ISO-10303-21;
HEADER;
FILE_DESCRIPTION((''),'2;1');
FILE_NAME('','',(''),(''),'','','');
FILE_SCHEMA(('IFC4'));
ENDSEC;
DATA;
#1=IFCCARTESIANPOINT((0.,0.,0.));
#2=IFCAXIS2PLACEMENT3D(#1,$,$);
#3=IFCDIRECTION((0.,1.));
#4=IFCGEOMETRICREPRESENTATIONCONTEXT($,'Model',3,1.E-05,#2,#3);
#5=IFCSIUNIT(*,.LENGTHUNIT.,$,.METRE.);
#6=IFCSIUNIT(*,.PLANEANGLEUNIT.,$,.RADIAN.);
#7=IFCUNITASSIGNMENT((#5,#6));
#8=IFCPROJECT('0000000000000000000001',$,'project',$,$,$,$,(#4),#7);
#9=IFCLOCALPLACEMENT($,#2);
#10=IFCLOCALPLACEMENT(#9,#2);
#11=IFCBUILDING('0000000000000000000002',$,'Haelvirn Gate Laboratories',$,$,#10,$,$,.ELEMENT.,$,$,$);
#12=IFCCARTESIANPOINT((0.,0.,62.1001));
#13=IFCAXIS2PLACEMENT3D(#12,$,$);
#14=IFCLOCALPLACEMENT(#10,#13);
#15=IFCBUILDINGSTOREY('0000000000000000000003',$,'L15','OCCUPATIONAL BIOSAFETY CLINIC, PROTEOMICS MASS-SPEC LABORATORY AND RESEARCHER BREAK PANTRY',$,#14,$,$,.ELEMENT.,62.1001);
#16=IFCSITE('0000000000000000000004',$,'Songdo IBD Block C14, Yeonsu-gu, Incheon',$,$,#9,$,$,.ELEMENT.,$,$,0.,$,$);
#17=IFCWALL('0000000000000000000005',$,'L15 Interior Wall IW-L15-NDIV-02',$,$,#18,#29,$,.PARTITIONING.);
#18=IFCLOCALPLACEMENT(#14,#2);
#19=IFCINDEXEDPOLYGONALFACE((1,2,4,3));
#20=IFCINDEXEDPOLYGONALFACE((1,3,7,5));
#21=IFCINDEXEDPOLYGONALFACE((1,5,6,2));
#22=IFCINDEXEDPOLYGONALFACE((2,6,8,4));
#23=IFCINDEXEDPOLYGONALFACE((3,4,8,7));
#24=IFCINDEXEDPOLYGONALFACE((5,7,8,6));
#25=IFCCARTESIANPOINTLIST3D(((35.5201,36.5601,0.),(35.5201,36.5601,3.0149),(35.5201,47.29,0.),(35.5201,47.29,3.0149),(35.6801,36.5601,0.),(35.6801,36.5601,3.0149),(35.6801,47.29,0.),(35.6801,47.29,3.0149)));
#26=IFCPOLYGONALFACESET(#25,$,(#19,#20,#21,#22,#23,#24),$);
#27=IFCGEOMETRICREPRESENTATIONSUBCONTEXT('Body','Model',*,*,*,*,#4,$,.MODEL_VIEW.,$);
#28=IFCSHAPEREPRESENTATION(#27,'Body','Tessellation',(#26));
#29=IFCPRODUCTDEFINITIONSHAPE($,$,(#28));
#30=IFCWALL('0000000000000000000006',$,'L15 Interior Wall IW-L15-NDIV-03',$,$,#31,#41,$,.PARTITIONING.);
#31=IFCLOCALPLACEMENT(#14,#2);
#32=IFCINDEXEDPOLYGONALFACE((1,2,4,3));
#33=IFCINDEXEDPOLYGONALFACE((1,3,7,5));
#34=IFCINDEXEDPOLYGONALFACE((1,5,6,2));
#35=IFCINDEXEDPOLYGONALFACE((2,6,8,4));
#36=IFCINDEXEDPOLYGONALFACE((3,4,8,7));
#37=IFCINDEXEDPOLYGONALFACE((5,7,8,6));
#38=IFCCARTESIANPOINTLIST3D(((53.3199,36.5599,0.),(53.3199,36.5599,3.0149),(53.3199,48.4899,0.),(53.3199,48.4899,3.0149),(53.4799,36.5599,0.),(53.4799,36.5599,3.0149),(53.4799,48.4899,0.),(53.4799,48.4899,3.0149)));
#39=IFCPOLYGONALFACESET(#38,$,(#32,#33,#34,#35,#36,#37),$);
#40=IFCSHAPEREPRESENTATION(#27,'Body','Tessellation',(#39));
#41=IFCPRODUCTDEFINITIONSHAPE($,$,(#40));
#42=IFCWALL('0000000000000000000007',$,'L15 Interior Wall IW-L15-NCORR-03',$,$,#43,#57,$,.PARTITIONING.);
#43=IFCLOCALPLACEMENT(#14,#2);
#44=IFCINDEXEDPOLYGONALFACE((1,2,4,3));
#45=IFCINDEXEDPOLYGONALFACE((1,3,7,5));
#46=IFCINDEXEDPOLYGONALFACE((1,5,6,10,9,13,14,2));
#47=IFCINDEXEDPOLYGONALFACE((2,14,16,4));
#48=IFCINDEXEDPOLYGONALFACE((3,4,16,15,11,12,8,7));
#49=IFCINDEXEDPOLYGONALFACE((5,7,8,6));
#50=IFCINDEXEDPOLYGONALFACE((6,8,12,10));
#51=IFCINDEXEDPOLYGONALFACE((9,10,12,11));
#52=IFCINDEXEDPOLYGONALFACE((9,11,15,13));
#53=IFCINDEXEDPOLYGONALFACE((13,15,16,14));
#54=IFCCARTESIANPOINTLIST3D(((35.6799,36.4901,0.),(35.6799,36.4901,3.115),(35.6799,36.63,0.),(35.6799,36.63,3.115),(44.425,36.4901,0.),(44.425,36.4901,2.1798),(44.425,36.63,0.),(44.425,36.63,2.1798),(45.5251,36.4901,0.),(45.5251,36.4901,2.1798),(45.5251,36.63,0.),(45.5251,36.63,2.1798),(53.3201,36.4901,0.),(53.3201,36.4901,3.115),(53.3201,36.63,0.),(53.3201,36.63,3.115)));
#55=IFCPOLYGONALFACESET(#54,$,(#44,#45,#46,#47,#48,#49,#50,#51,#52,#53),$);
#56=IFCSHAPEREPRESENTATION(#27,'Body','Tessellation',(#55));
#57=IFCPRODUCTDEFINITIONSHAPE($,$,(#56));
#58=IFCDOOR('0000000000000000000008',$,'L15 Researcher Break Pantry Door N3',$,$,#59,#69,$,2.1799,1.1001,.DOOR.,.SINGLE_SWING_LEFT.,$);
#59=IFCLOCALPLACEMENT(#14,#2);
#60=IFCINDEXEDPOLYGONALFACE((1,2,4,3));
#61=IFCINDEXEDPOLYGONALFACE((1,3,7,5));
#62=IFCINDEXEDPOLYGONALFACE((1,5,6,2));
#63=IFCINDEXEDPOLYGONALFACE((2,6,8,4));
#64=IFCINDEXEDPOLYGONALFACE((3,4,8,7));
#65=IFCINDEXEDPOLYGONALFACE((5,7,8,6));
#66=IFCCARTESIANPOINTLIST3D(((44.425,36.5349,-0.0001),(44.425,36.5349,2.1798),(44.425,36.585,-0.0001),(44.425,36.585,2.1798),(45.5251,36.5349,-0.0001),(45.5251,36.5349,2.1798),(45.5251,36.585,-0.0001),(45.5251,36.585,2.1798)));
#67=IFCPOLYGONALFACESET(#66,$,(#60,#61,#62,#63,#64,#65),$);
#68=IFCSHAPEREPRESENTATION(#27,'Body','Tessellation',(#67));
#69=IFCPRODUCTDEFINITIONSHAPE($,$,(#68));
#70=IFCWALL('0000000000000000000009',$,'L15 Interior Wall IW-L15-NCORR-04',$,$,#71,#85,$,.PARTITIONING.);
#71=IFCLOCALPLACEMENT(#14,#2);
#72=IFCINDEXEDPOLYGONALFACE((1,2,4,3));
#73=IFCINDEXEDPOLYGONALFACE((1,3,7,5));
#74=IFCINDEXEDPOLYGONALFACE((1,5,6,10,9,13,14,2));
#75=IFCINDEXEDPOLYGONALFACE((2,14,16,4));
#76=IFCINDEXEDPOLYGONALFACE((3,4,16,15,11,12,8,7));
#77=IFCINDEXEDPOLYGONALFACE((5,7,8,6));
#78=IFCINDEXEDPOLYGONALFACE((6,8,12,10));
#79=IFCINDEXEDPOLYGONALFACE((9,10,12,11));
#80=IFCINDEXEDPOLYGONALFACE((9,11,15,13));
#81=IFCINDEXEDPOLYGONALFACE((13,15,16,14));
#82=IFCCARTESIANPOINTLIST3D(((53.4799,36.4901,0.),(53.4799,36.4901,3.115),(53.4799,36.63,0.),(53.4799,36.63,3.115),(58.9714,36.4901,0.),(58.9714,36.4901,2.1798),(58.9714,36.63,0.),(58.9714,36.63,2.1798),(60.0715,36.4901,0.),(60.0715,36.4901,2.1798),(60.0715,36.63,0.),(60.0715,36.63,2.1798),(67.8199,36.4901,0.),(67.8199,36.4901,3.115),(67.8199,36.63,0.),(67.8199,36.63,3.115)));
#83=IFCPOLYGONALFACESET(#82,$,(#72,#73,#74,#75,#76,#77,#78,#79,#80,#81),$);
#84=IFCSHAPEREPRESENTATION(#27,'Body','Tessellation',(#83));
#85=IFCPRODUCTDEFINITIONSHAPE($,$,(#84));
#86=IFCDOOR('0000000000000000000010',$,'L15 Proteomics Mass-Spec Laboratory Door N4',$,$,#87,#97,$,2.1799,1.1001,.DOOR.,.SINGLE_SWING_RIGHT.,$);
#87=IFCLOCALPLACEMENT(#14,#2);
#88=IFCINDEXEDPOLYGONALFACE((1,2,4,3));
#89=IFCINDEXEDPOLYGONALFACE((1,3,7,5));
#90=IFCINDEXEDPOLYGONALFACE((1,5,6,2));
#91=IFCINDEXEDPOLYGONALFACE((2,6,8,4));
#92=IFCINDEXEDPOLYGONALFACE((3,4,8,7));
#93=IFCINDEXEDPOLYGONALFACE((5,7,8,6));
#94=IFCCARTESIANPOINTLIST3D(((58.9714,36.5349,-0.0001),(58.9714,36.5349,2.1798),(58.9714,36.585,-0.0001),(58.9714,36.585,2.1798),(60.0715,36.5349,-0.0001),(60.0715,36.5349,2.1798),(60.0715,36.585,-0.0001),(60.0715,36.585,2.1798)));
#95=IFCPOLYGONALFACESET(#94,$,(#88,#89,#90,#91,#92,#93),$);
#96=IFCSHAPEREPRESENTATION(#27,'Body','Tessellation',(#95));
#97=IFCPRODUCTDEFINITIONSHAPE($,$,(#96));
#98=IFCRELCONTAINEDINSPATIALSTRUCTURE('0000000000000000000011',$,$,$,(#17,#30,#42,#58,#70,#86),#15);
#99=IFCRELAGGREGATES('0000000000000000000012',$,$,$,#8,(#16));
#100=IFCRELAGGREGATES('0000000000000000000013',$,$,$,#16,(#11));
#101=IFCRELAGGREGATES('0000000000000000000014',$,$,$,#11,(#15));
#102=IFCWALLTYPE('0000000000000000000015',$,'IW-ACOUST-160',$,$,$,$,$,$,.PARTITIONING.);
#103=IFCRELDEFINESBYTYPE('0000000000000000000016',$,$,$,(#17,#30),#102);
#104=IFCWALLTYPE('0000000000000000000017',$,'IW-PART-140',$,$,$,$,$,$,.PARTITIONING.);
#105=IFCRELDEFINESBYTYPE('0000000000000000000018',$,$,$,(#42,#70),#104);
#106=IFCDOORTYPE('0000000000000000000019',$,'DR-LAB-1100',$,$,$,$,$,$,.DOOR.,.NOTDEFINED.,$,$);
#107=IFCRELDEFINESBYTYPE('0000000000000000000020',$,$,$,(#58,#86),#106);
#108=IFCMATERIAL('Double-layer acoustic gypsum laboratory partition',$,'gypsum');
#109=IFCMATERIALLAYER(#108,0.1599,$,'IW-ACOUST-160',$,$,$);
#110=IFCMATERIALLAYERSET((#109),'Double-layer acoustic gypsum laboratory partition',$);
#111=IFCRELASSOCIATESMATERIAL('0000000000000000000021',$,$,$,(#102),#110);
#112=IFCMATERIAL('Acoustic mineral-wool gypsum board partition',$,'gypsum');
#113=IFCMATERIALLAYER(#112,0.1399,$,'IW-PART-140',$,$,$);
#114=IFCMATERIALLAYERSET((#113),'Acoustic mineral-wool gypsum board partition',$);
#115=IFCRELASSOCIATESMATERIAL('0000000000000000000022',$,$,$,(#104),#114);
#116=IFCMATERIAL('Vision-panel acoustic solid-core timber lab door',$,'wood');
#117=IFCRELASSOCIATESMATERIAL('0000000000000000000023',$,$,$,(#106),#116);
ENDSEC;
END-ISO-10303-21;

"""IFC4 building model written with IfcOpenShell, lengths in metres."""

from ifc_helpers import new_model, si_unit, direction, frame, frame_2d, origin, place, context, subcontext, project, spatial, rectangle, extrude, source, transform, mapped, material, layer, layer_set, type_object, type_shapes, element, fill, save


model = new_model("IFC4")

# Units and contexts
model_context = context("Model", 3, precision=1e-05, world=origin(), true_north=direction((0.0, 1.0)))
body_context = subcontext(model_context, "Body", "Model", "MODEL_VIEW")
ifc_project = project(units=[si_unit("LENGTHUNIT", "METRE"), si_unit("PLANEANGLEUNIT", "RADIAN")], contexts=[model_context])

# Site, building, storey
site_placement = place(None, origin())
site = spatial("IfcSite", under=ifc_project, at=site_placement, Name="Songdo IBD Block C14, Yeonsu-gu, Incheon", CompositionType="ELEMENT", RefElevation=0.0)
building_placement = place(site_placement, origin())
building = spatial("IfcBuilding", under=site, at=building_placement, Name="Haelvirn Gate Laboratories", CompositionType="ELEMENT")
storey_placement = place(building_placement, frame((0.0, 0.0, 62.1001)))
storey = spatial("IfcBuildingStorey", under=building, at=storey_placement, Name="L15", Description="OCCUPATIONAL BIOSAFETY CLINIC, PROTEOMICS MASS-SPEC LABORATORY AND RESEARCHER BREAK PANTRY", CompositionType="ELEMENT", Elevation=62.1001)

# Walls
ifc_material_1 = material(Name="Double-layer acoustic gypsum laboratory partition", Category="gypsum")
ifc_layer_1 = layer(ifc_material_1, 0.1599, Name="IW-ACOUST-160")
ifc_layer_set_1 = layer_set([ifc_layer_1], Name="Double-layer acoustic gypsum laboratory partition")
wall_type_1 = type_object("IfcWallType", Name="IW-ACOUST-160", PredefinedType="PARTITIONING", material=ifc_layer_set_1)
wall_1_placement = place(storey_placement, frame((35.6001, 36.5601, 0.0), z_axis=(0.0, 0.0, 1.0), x_axis=(0.0, 1.0, 0.0)))
element("IfcWall", 1, at=wall_1_placement, inside=storey, type_object=wall_type_1, Name="L15 Interior Wall IW-L15-NDIV-02", PredefinedType="PARTITIONING", context=body_context, shape_type="SweptSolid", body=[
    extrude(rectangle(XDim=10.73, YDim=0.1599, at=frame_2d((5.365, 0.0))), origin(), (0.0, 0.0, 1.0), 3.0149),
])
wall_2_placement = place(storey_placement, frame((53.3999, 36.5601, 0.0), z_axis=(0.0, 0.0, 1.0), x_axis=(0.0, 1.0, 0.0)))
element("IfcWall", 2, at=wall_2_placement, inside=storey, type_object=wall_type_1, Name="L15 Interior Wall IW-L15-NDIV-03", PredefinedType="PARTITIONING", context=body_context, shape_type="SweptSolid", body=[
    extrude(rectangle(XDim=11.9299, YDim=0.1599, at=frame_2d((5.9648, 0.0))), origin(), (0.0, 0.0, 1.0), 3.0149),
])

# Walls, openings, doors
ifc_material_2 = material(Name="Acoustic mineral-wool gypsum board partition", Category="gypsum")
ifc_layer_2 = layer(ifc_material_2, 0.1399, Name="IW-PART-140")
ifc_layer_set_2 = layer_set([ifc_layer_2], Name="Acoustic mineral-wool gypsum board partition")
wall_type_2 = type_object("IfcWallType", Name="IW-PART-140", PredefinedType="PARTITIONING", material=ifc_layer_set_2)
wall_3_placement = place(storey_placement, frame((35.6799, 36.5601, 0.0), z_axis=(0.0, 0.0, 1.0), x_axis=(1.0, 0.0, 0.0)))
wall_3 = element("IfcWall", 3, at=wall_3_placement, inside=storey, type_object=wall_type_2, Name="L15 Interior Wall IW-L15-NCORR-03", PredefinedType="PARTITIONING", context=body_context, shape_type="SweptSolid", body=[
    extrude(rectangle(XDim=17.6401, YDim=0.1399, at=frame_2d((8.8201, 0.0))), origin(), (0.0, 0.0, 1.0), 3.115),
])
opening_1_placement = place(wall_3_placement, frame((8.7451, 0.0, 0.0)))
opening_1 = element("IfcOpeningElement", 4, at=opening_1_placement, cuts=wall_3, PredefinedType="OPENING", context=body_context, shape_type="SweptSolid", body=[
    extrude(rectangle(XDim=1.1001, YDim=2.1799, at=frame_2d((0.55, 1.0898))), frame((0.0, 0.0801, 0.0), z_axis=(0.0, -1.0, 0.0), x_axis=(1.0, 0.0, 0.0)), (0.0, 0.0, 1.0), 0.1599),
])
ifc_material_3 = material(Name="Vision-panel acoustic solid-core timber lab door", Category="wood")
door_type = type_object("IfcDoorType", Name="DR-LAB-1100", OperationType="NOTDEFINED", PredefinedType="DOOR", material=ifc_material_3)
shared_shape_1 = source(origin(), body_context, "Body", "SweptSolid", [
    extrude(rectangle(XDim=1.1001, YDim=2.1799, at=frame_2d((0.55, 1.0898))), frame((0.0, 0.0249, 0.0), z_axis=(0.0, -1.0, 0.0), x_axis=(1.0, 0.0, 0.0)), (0.0, 0.0, 1.0), 0.05),
])
type_shapes(door_type, [shared_shape_1])
door_1_placement = place(opening_1_placement, origin())
door_1 = element("IfcDoor", 5, at=door_1_placement, inside=storey, type_object=door_type, Name="L15 Researcher Break Pantry Door N3", OperationType="SINGLE_SWING_LEFT", OverallHeight=2.1799, OverallWidth=1.1001, PredefinedType="DOOR", context=body_context, shape_type="MappedRepresentation", body=[
    mapped(shared_shape_1, transform((0.0, 0.0, 0.0), scale=1.0)),
])
fill(opening_1, door_1)
wall_4_placement = place(storey_placement, frame((53.48, 36.5601, 0.0), z_axis=(0.0, 0.0, 1.0), x_axis=(1.0, 0.0, 0.0)))
wall_4 = element("IfcWall", 6, at=wall_4_placement, inside=storey, type_object=wall_type_2, Name="L15 Interior Wall IW-L15-NCORR-04", PredefinedType="PARTITIONING", context=body_context, shape_type="SweptSolid", body=[
    extrude(rectangle(XDim=14.3401, YDim=0.1399, at=frame_2d((7.1699, 0.0))), origin(), (0.0, 0.0, 1.0), 3.115),
])
opening_2_placement = place(wall_4_placement, frame((5.4915, 0.0, 0.0)))
opening_2 = element("IfcOpeningElement", 7, at=opening_2_placement, cuts=wall_4, PredefinedType="OPENING", context=body_context, shape_type="SweptSolid", body=[
    extrude(rectangle(XDim=1.1001, YDim=2.1799, at=frame_2d((0.55, 1.0898))), frame((0.0, 0.0801, 0.0), z_axis=(0.0, -1.0, 0.0), x_axis=(1.0, 0.0, 0.0)), (0.0, 0.0, 1.0), 0.1599),
])
door_2_placement = place(opening_2_placement, origin())
door_2 = element("IfcDoor", 8, at=door_2_placement, inside=storey, type_object=door_type, Name="L15 Proteomics Mass-Spec Laboratory Door N4", OperationType="SINGLE_SWING_RIGHT", OverallHeight=2.1799, OverallWidth=1.1001, PredefinedType="DOOR", context=body_context, shape_type="MappedRepresentation", body=[
    mapped(shared_shape_1, transform((0.0, 0.0, 0.0), scale=1.0)),
])
fill(opening_2, door_2)

save(model, "model.ifc")
